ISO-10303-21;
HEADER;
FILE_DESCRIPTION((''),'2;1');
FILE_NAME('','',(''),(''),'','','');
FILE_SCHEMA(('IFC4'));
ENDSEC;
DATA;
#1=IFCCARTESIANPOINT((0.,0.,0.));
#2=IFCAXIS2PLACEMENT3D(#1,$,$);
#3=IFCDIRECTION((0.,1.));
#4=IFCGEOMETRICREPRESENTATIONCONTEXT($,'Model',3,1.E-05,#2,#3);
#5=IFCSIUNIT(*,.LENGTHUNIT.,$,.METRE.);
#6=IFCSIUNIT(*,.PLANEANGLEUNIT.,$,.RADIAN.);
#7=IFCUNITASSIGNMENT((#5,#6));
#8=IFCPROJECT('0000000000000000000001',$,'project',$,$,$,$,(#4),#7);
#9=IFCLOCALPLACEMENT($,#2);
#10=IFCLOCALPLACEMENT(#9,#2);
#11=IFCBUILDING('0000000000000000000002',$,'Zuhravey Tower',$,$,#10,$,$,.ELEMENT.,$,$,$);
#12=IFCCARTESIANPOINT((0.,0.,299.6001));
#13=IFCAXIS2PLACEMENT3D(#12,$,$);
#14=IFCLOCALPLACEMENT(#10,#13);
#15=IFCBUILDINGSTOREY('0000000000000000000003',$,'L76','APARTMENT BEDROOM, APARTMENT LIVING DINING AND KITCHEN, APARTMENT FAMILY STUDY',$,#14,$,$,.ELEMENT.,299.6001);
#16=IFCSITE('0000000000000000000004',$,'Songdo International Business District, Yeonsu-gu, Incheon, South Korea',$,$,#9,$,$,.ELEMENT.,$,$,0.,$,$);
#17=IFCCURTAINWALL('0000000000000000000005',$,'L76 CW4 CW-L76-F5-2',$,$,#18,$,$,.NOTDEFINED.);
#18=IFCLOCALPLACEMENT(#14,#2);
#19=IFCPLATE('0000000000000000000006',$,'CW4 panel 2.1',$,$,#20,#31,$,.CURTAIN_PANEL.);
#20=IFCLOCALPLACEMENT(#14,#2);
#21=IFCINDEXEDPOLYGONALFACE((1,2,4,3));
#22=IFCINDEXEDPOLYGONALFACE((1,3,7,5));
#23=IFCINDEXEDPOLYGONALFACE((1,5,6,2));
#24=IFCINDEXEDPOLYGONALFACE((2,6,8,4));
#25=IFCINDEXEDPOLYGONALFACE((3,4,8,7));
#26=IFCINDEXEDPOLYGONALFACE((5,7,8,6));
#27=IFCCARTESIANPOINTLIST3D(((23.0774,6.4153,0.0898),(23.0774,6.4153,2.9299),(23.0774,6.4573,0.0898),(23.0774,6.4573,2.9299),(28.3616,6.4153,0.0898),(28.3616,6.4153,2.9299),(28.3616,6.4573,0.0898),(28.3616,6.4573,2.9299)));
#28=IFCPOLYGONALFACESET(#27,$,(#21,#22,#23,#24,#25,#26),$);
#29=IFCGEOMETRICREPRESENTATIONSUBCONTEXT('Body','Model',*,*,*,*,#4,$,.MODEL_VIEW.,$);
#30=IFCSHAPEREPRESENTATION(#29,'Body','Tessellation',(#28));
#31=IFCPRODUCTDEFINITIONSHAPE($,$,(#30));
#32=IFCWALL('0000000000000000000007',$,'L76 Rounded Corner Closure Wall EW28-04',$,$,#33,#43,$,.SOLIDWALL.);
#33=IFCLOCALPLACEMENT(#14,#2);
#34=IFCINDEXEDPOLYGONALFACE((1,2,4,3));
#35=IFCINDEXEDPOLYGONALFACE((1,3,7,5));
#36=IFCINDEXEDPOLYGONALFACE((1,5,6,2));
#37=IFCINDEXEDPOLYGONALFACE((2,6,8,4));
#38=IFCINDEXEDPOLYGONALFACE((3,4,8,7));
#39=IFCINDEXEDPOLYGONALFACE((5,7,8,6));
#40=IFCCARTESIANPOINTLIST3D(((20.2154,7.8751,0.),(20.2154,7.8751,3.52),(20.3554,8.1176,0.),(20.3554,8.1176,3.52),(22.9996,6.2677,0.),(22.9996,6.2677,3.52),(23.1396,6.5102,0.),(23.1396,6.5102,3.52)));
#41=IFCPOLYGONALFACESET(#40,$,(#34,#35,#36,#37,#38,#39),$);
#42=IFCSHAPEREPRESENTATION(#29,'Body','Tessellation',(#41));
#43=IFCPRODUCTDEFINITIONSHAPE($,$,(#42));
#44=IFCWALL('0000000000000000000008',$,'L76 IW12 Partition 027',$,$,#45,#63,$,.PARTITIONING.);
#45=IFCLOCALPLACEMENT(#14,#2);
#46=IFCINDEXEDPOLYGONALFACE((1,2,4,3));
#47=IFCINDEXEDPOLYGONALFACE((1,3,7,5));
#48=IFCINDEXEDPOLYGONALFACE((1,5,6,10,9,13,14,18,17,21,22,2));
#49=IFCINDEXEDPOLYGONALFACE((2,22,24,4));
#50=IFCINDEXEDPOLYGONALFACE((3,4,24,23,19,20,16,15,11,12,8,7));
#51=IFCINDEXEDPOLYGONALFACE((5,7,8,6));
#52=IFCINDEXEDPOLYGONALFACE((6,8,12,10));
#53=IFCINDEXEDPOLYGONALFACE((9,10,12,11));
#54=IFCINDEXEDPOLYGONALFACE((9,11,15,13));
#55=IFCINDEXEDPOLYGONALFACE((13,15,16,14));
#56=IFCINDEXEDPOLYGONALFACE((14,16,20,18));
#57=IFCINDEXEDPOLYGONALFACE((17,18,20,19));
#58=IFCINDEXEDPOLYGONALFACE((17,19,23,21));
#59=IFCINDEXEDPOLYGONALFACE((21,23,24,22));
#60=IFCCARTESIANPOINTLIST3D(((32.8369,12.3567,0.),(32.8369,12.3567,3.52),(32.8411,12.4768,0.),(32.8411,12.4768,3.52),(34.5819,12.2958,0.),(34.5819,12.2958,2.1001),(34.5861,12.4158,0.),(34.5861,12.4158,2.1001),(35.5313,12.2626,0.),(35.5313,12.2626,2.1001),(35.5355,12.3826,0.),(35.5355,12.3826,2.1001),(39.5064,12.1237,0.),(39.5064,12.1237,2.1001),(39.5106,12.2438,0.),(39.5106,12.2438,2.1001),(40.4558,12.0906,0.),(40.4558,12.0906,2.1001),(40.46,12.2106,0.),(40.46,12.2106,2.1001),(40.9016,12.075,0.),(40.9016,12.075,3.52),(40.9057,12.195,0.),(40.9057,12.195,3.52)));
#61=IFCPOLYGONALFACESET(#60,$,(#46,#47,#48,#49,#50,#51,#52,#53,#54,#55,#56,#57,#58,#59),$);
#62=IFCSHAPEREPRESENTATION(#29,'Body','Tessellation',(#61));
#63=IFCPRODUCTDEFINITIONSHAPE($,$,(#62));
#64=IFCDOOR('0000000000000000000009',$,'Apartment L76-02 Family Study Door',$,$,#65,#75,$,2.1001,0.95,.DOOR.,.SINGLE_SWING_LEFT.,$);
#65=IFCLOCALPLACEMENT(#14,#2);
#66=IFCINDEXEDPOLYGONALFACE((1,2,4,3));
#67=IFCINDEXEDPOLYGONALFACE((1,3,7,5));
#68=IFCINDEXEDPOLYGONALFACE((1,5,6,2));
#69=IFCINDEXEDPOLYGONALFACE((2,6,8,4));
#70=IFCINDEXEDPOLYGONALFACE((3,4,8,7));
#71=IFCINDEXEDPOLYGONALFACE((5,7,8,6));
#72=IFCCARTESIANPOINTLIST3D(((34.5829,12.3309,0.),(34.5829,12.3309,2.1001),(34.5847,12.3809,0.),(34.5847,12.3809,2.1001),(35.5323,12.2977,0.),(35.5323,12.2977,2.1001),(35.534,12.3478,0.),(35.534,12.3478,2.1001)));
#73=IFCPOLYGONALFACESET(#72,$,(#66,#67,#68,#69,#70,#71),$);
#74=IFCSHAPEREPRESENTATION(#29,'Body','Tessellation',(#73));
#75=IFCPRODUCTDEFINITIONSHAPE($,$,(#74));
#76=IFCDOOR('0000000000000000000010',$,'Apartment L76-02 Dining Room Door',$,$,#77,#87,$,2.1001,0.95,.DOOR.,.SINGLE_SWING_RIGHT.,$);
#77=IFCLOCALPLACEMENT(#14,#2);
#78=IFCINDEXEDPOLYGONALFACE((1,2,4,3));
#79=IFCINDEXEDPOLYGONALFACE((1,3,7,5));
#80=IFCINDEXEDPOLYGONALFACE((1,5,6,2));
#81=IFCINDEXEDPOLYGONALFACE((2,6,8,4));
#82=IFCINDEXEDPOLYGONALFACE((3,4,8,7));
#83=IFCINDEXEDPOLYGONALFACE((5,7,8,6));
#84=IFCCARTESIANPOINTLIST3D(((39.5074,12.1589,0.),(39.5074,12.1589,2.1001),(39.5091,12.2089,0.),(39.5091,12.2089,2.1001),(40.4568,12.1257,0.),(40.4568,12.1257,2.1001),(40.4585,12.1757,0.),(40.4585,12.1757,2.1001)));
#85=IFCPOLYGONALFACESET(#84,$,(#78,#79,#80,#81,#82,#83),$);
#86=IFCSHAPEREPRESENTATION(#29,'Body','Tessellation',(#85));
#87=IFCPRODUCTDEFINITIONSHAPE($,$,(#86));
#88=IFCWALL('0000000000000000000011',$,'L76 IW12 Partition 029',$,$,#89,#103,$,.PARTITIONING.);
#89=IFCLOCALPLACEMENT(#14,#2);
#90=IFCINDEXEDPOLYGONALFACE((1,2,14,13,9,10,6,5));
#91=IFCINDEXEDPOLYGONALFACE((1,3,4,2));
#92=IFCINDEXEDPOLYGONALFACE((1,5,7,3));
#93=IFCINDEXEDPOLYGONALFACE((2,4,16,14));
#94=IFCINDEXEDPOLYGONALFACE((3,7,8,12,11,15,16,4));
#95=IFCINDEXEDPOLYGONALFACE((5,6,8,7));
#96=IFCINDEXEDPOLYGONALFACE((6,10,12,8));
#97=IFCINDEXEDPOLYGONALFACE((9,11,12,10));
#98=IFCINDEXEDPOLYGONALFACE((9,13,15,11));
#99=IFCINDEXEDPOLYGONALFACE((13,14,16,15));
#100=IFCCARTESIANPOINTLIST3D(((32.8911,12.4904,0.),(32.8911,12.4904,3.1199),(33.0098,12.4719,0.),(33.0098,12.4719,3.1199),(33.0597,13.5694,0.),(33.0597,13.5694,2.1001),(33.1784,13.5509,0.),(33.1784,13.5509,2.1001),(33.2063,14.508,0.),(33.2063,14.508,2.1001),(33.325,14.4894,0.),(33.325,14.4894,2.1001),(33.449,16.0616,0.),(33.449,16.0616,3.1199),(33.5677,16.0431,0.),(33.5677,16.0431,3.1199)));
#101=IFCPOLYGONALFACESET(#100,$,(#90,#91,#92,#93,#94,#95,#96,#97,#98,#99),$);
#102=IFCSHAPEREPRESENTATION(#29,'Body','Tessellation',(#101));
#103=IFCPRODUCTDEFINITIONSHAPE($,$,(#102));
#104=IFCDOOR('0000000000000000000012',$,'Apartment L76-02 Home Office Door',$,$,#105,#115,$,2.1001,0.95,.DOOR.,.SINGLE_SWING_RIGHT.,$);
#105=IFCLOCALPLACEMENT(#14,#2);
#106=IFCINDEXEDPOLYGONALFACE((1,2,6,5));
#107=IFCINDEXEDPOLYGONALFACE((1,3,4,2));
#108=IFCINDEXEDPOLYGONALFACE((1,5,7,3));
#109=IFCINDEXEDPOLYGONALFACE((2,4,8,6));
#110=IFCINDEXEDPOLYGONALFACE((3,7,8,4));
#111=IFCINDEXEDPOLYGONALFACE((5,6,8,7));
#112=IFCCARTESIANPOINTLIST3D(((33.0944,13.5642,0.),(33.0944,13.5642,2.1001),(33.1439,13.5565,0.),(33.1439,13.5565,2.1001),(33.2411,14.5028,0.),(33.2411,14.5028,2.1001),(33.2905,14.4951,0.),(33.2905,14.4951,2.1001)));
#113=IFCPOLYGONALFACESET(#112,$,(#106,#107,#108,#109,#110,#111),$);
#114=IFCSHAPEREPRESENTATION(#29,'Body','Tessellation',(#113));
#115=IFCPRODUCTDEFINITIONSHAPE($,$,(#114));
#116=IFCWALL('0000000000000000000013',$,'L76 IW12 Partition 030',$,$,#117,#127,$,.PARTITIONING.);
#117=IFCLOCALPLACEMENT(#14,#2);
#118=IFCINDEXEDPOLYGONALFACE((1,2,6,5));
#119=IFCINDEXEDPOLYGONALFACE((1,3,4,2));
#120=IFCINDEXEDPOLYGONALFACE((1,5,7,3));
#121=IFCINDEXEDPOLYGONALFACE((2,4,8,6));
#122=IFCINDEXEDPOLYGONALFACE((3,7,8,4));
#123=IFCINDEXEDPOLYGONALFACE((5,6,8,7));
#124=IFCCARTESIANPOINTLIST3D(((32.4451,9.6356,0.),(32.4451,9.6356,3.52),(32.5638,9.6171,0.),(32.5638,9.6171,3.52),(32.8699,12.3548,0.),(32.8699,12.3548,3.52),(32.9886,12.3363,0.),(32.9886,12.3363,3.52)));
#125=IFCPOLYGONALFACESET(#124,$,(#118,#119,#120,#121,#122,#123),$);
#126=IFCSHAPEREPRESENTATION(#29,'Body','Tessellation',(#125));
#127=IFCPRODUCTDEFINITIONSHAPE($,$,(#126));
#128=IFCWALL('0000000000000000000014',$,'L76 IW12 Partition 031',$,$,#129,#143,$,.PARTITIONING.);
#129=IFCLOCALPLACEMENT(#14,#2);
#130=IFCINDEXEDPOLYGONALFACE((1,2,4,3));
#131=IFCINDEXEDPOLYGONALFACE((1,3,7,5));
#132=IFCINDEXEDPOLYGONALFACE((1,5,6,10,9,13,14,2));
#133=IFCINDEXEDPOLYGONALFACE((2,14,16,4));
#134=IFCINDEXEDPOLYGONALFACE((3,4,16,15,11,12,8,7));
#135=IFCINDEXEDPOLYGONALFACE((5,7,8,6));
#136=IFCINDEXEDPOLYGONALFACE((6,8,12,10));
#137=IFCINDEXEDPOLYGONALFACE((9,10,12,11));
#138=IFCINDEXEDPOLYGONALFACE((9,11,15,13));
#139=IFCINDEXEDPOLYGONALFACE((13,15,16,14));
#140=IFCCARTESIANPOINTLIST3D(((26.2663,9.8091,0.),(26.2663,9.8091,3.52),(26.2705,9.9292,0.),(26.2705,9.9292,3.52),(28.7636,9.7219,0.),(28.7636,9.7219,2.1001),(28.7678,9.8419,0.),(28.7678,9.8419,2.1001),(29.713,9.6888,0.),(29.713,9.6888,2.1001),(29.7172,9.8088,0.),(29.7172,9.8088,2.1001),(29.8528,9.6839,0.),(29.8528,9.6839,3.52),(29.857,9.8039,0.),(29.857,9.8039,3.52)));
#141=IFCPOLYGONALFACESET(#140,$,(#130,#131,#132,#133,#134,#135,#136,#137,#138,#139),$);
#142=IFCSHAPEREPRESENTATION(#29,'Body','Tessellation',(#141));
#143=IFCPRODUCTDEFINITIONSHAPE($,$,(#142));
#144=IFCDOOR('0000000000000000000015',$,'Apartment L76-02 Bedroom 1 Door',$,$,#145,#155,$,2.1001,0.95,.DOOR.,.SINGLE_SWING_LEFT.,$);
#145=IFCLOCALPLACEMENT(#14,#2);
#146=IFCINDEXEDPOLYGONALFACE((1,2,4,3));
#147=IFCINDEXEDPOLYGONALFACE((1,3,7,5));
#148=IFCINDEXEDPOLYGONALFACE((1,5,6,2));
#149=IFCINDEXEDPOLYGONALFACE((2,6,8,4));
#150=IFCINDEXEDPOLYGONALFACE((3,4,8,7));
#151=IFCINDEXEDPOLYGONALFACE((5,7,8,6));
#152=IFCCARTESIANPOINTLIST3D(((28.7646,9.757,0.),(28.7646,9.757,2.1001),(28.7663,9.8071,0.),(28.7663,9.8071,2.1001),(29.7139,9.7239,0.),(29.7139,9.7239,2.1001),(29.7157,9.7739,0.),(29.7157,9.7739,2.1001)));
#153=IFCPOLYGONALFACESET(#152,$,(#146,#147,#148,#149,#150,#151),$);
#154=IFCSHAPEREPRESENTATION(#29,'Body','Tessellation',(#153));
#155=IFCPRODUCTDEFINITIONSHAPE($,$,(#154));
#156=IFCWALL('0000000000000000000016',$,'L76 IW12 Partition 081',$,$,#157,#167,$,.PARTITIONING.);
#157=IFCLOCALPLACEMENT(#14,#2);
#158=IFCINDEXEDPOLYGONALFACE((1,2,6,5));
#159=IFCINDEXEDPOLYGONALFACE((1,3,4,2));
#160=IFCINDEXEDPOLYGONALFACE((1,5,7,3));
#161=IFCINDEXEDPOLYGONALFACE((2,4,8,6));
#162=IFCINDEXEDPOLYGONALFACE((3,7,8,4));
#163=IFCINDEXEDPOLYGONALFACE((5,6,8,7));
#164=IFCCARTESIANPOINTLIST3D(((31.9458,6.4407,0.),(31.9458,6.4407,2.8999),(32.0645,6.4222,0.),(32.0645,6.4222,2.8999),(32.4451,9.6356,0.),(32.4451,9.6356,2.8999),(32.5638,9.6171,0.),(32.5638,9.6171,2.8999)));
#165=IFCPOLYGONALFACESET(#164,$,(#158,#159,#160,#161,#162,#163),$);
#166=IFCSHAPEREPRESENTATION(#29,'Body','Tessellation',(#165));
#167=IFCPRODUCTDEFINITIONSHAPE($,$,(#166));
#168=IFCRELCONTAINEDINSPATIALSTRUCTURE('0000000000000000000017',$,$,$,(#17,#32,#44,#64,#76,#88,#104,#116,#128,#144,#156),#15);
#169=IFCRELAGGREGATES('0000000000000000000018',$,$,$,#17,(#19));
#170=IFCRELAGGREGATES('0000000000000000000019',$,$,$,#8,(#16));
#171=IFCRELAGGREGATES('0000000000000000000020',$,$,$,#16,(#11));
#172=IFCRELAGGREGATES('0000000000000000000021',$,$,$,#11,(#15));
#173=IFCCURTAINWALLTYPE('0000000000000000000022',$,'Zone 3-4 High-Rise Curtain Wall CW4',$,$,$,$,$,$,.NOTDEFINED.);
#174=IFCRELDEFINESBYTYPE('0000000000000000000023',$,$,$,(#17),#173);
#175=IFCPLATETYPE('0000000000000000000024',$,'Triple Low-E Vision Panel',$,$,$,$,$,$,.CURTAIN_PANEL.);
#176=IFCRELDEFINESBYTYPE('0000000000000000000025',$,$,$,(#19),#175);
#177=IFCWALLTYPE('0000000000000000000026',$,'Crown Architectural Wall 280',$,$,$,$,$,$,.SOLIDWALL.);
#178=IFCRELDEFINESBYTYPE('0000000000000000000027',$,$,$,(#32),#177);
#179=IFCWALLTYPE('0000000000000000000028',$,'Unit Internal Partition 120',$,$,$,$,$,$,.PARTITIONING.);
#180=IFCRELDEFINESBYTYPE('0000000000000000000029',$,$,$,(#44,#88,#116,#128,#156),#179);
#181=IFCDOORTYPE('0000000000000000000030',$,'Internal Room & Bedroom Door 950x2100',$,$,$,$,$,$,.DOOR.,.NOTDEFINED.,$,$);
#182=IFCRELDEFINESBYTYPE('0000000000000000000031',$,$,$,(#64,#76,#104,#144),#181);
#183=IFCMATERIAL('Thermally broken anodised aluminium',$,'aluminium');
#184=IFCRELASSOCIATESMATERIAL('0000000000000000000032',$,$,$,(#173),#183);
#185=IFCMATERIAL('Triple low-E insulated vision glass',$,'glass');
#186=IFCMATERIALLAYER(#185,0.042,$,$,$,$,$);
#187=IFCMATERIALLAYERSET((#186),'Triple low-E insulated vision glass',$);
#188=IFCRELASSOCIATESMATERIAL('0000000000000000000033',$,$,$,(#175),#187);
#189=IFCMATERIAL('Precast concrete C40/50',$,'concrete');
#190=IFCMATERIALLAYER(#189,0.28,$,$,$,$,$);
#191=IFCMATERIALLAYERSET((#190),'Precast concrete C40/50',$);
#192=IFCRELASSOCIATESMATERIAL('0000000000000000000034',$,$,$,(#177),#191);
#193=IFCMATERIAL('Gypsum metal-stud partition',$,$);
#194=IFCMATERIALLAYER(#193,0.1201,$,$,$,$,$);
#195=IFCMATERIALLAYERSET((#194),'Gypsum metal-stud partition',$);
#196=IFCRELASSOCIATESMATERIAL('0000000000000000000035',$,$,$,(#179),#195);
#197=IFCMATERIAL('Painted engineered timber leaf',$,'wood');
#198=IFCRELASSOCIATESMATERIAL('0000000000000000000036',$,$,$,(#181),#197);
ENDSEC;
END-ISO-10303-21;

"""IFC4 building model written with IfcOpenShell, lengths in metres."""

from ifc_helpers import new_model, si_unit, direction, frame, frame_2d, origin, origin_2d, place, context, subcontext, project, spatial, rectangle, extrude, material, layer, layer_set, type_object, element, fill, aggregate, save


model = new_model("IFC4")

# Units and contexts
model_context = context("Model", 3, precision=1e-05, world=origin(), true_north=direction((0.0, 1.0)))
body_context = subcontext(model_context, "Body", "Model", "MODEL_VIEW")
ifc_project = project(units=[si_unit("LENGTHUNIT", "METRE"), si_unit("PLANEANGLEUNIT", "RADIAN")], contexts=[model_context])

# Site, building, storey
site_placement = place(None, origin())
site = spatial("IfcSite", under=ifc_project, at=site_placement, Name="Songdo International Business District, Yeonsu-gu, Incheon, South Korea", CompositionType="ELEMENT", RefElevation=0.0)
building_placement = place(site_placement, origin())
building = spatial("IfcBuilding", under=site, at=building_placement, Name="Zuhravey Tower", CompositionType="ELEMENT")
storey_placement = place(building_placement, frame((0.0, 0.0, 299.6001)))
storey = spatial("IfcBuildingStorey", under=building, at=storey_placement, Name="L76", Description="APARTMENT BEDROOM, APARTMENT LIVING DINING AND KITCHEN, APARTMENT FAMILY STUDY", CompositionType="ELEMENT", Elevation=299.6001)

# Curtain wall
ifc_material_1 = material(Name="Thermally broken anodised aluminium", Category="aluminium")
curtain_wall_type = type_object("IfcCurtainWallType", Name="Zone 3-4 High-Rise Curtain Wall CW4", PredefinedType="NOTDEFINED", material=ifc_material_1)
curtain_wall_placement = place(storey_placement, origin())
curtain_wall = element("IfcCurtainWall", 1, at=curtain_wall_placement, inside=storey, type_object=curtain_wall_type, Name="L76 CW4 CW-L76-F5-2", PredefinedType="NOTDEFINED")

# Plate
ifc_material_2 = material(Name="Triple low-E insulated vision glass", Category="glass")
ifc_layer_1 = layer(ifc_material_2, 0.042)
ifc_layer_set_1 = layer_set([ifc_layer_1], Name="Triple low-E insulated vision glass")
plate_type_1 = type_object("IfcPlateType", Name="Triple Low-E Vision Panel", PredefinedType="CURTAIN_PANEL", material=ifc_layer_set_1)
plate_1_placement = place(storey_placement, frame((25.7195, 6.4363, 0.0898), z_axis=(0.0, 0.0, 1.0), x_axis=(-1.0, 0.0, 0.0)))
plate_1 = element("IfcPlate", 2, at=plate_1_placement, type_object=plate_type_1, Name="CW4 panel 2.1", PredefinedType="CURTAIN_PANEL", context=body_context, shape_type="SweptSolid", body=[
    extrude(rectangle(XDim=5.2842, YDim=0.042, at=origin_2d()), origin(), (0.0, 0.0, 1.0), 2.8401),
])
aggregate(curtain_wall, [plate_1])

# Wall
ifc_material_3 = material(Name="Precast concrete C40/50", Category="concrete")
ifc_layer_2 = layer(ifc_material_3, 0.28)
ifc_layer_set_2 = layer_set([ifc_layer_2], Name="Precast concrete C40/50")
wall_type_1 = type_object("IfcWallType", Name="Crown Architectural Wall 280", PredefinedType="SOLIDWALL", material=ifc_layer_set_2)
wall_1_placement = place(storey_placement, frame((23.0696, 6.3889, 0.0), z_axis=(0.0, 0.0, 1.0), x_axis=(-0.866029, 0.499994, 0.0)))
element("IfcWall", 3, at=wall_1_placement, inside=storey, type_object=wall_type_1, Name="L76 Rounded Corner Closure Wall EW28-04", PredefinedType="SOLIDWALL", context=body_context, shape_type="SweptSolid", body=[
    extrude(rectangle(XDim=3.2148, YDim=0.28, at=frame_2d((1.6074, 0.0))), origin(), (0.0, 0.0, 1.0), 3.52),
])

# Wall, openings, doors
ifc_material_4 = material(Name="Gypsum metal-stud partition")
ifc_layer_3 = layer(ifc_material_4, 0.1201)
ifc_layer_set_3 = layer_set([ifc_layer_3], Name="Gypsum metal-stud partition")
wall_type_2 = type_object("IfcWallType", Name="Unit Internal Partition 120", PredefinedType="PARTITIONING", material=ifc_layer_set_3)
wall_2_placement = place(storey_placement, frame((32.8391, 12.4167, 0.0), z_axis=(0.0, 0.0, 1.0), x_axis=(0.99939, -0.034913, 0.0)))
wall_2 = element("IfcWall", 4, at=wall_2_placement, inside=storey, type_object=wall_type_2, Name="L76 IW12 Partition 027", PredefinedType="PARTITIONING", context=body_context, shape_type="SweptSolid", body=[
    extrude(rectangle(XDim=8.0696, YDim=0.1201, at=frame_2d((4.0347, 0.0))), origin(), (0.0, 0.0, 1.0), 3.52),
])
opening_1_placement = place(wall_2_placement, frame((1.7458, 0.0, 0.0)))
opening_1 = element("IfcOpeningElement", 5, at=opening_1_placement, cuts=wall_2, PredefinedType="OPENING", context=body_context, shape_type="SweptSolid", body=[
    extrude(rectangle(XDim=0.95, YDim=2.1001, at=frame_2d((0.4751, 1.05))), frame((0.0, 0.072, 0.0), z_axis=(0.0, -1.0, 0.0), x_axis=(1.0, 0.0, 0.0)), (0.0, 0.0, 1.0), 0.144),
])
opening_2_placement = place(wall_2_placement, frame((6.6733, 0.0, 0.0)))
opening_2 = element("IfcOpeningElement", 6, at=opening_2_placement, cuts=wall_2, PredefinedType="OPENING", context=body_context, shape_type="SweptSolid", body=[
    extrude(rectangle(XDim=0.95, YDim=2.1001, at=frame_2d((0.4751, 1.05))), frame((0.0, 0.072, 0.0), z_axis=(0.0, -1.0, 0.0), x_axis=(1.0, 0.0, 0.0)), (0.0, 0.0, 1.0), 0.144),
])
ifc_material_5 = material(Name="Painted engineered timber leaf", Category="wood")
door_type = type_object("IfcDoorType", Name="Internal Room & Bedroom Door 950x2100", OperationType="NOTDEFINED", PredefinedType="DOOR", material=ifc_material_5)
door_1_placement = place(opening_1_placement, frame((0.95, 0.0, 0.0), z_axis=(0.0, 0.0, 1.0), x_axis=(-1.0, 0.0, 0.0)))
door_1 = element("IfcDoor", 7, at=door_1_placement, inside=storey, type_object=door_type, Name="Apartment L76-02 Family Study Door", OperationType="SINGLE_SWING_LEFT", OverallHeight=2.1001, OverallWidth=0.95, PredefinedType="DOOR", context=body_context, shape_type="SweptSolid", body=[
    extrude(rectangle(XDim=0.95, YDim=2.1001, at=frame_2d((0.4751, 1.05))), frame((0.0, 0.0249, 0.0), z_axis=(0.0, -1.0, 0.0), x_axis=(1.0, 0.0, 0.0)), (0.0, 0.0, 1.0), 0.05),
])
fill(opening_1, door_1)
door_2_placement = place(opening_2_placement, frame((0.95, 0.0, 0.0), z_axis=(0.0, 0.0, 1.0), x_axis=(-1.0, 0.0, 0.0)))
door_2 = element("IfcDoor", 8, at=door_2_placement, inside=storey, type_object=door_type, Name="Apartment L76-02 Dining Room Door", OperationType="SINGLE_SWING_RIGHT", OverallHeight=2.1001, OverallWidth=0.95, PredefinedType="DOOR", context=body_context, shape_type="SweptSolid", body=[
    extrude(rectangle(XDim=0.95, YDim=2.1001, at=frame_2d((0.4751, 1.05))), frame((0.0, 0.0249, 0.0), z_axis=(0.0, -1.0, 0.0), x_axis=(1.0, 0.0, 0.0)), (0.0, 0.0, 1.0), 0.05),
])
fill(opening_2, door_2)

# Wall, opening, door
wall_3_placement = place(storey_placement, frame((33.5083, 16.0522, 0.0), z_axis=(0.0, 0.0, 1.0), x_axis=(-0.154336, -0.988018, 0.0)))
wall_3 = element("IfcWall", 9, at=wall_3_placement, inside=storey, type_object=wall_type_2, Name="L76 IW12 Partition 029", PredefinedType="PARTITIONING", context=body_context, shape_type="SweptSolid", body=[
    extrude(rectangle(XDim=3.6145, YDim=0.1201, at=frame_2d((1.8071, 0.0))), origin(), (0.0, 0.0, 1.0), 3.1199),
])
opening_3_placement = place(wall_3_placement, frame((1.5723, 0.0, 0.0)))
opening_3 = element("IfcOpeningElement", 10, at=opening_3_placement, cuts=wall_3, PredefinedType="OPENING", context=body_context, shape_type="SweptSolid", body=[
    extrude(rectangle(XDim=0.95, YDim=2.1001, at=frame_2d((0.4751, 1.05))), frame((0.0, 0.072, 0.0), z_axis=(0.0, -1.0, 0.0), x_axis=(1.0, 0.0, 0.0)), (0.0, 0.0, 1.0), 0.144),
])
door_3_placement = place(opening_3_placement, frame((0.95, 0.0, 0.0), z_axis=(0.0, 0.0, 1.0), x_axis=(-1.0, 0.0, 0.0)))
door_3 = element("IfcDoor", 11, at=door_3_placement, inside=storey, type_object=door_type, Name="Apartment L76-02 Home Office Door", OperationType="SINGLE_SWING_RIGHT", OverallHeight=2.1001, OverallWidth=0.95, PredefinedType="DOOR", context=body_context, shape_type="SweptSolid", body=[
    extrude(rectangle(XDim=0.95, YDim=2.1001, at=frame_2d((0.4751, 1.05))), frame((0.0, 0.0249, 0.0), z_axis=(0.0, -1.0, 0.0), x_axis=(1.0, 0.0, 0.0)), (0.0, 0.0, 1.0), 0.05),
])
fill(opening_3, door_3)

# Wall
wall_4_placement = place(storey_placement, frame((32.9292, 12.3455, 0.0), z_axis=(0.0, 0.0, 1.0), x_axis=(-0.15435, -0.988016, 0.0)))
element("IfcWall", 12, at=wall_4_placement, inside=storey, type_object=wall_type_2, Name="L76 IW12 Partition 030", PredefinedType="PARTITIONING", context=body_context, shape_type="SweptSolid", body=[
    extrude(rectangle(XDim=2.7522, YDim=0.1201, at=frame_2d((1.376, 0.0))), origin(), (0.0, 0.0, 1.0), 3.52),
])

# Wall, opening, door
wall_5_placement = place(storey_placement, frame((26.2683, 9.8691, 0.0), z_axis=(0.0, 0.0, 1.0), x_axis=(0.999391, -0.0349, 0.0)))
wall_5 = element("IfcWall", 13, at=wall_5_placement, inside=storey, type_object=wall_type_2, Name="L76 IW12 Partition 031", PredefinedType="PARTITIONING", context=body_context, shape_type="SweptSolid", body=[
    extrude(rectangle(XDim=3.5886, YDim=0.1201, at=frame_2d((1.7944, 0.0))), origin(), (0.0, 0.0, 1.0), 3.52),
])
opening_4_placement = place(wall_5_placement, frame((2.4988, 0.0, 0.0)))
opening_4 = element("IfcOpeningElement", 14, at=opening_4_placement, cuts=wall_5, PredefinedType="OPENING", context=body_context, shape_type="SweptSolid", body=[
    extrude(rectangle(XDim=0.95, YDim=2.1001, at=frame_2d((0.4751, 1.05))), frame((0.0, 0.072, 0.0), z_axis=(0.0, -1.0, 0.0), x_axis=(1.0, 0.0, 0.0)), (0.0, 0.0, 1.0), 0.144),
])
door_4_placement = place(opening_4_placement, frame((0.95, 0.0, 0.0), z_axis=(0.0, 0.0, 1.0), x_axis=(-1.0, 0.0, 0.0)))
door_4 = element("IfcDoor", 15, at=door_4_placement, inside=storey, type_object=door_type, Name="Apartment L76-02 Bedroom 1 Door", OperationType="SINGLE_SWING_LEFT", OverallHeight=2.1001, OverallWidth=0.95, PredefinedType="DOOR", context=body_context, shape_type="SweptSolid", body=[
    extrude(rectangle(XDim=0.95, YDim=2.1001, at=frame_2d((0.4751, 1.05))), frame((0.0, 0.0249, 0.0), z_axis=(0.0, -1.0, 0.0), x_axis=(1.0, 0.0, 0.0)), (0.0, 0.0, 1.0), 0.05),
])
fill(opening_4, door_4)

# Wall
wall_6_placement = place(storey_placement, frame((32.5044, 9.6262, 0.0), z_axis=(0.0, 0.0, 1.0), x_axis=(-0.1544, -0.988008, 0.0)))
element("IfcWall", 16, at=wall_6_placement, inside=storey, type_object=wall_type_2, Name="L76 IW12 Partition 081", PredefinedType="PARTITIONING", context=body_context, shape_type="SweptSolid", body=[
    extrude(rectangle(XDim=3.2336, YDim=0.1201, at=frame_2d((1.6167, 0.0))), origin(), (0.0, 0.0, 1.0), 2.8999),
])

save(model, "model.ifc")
